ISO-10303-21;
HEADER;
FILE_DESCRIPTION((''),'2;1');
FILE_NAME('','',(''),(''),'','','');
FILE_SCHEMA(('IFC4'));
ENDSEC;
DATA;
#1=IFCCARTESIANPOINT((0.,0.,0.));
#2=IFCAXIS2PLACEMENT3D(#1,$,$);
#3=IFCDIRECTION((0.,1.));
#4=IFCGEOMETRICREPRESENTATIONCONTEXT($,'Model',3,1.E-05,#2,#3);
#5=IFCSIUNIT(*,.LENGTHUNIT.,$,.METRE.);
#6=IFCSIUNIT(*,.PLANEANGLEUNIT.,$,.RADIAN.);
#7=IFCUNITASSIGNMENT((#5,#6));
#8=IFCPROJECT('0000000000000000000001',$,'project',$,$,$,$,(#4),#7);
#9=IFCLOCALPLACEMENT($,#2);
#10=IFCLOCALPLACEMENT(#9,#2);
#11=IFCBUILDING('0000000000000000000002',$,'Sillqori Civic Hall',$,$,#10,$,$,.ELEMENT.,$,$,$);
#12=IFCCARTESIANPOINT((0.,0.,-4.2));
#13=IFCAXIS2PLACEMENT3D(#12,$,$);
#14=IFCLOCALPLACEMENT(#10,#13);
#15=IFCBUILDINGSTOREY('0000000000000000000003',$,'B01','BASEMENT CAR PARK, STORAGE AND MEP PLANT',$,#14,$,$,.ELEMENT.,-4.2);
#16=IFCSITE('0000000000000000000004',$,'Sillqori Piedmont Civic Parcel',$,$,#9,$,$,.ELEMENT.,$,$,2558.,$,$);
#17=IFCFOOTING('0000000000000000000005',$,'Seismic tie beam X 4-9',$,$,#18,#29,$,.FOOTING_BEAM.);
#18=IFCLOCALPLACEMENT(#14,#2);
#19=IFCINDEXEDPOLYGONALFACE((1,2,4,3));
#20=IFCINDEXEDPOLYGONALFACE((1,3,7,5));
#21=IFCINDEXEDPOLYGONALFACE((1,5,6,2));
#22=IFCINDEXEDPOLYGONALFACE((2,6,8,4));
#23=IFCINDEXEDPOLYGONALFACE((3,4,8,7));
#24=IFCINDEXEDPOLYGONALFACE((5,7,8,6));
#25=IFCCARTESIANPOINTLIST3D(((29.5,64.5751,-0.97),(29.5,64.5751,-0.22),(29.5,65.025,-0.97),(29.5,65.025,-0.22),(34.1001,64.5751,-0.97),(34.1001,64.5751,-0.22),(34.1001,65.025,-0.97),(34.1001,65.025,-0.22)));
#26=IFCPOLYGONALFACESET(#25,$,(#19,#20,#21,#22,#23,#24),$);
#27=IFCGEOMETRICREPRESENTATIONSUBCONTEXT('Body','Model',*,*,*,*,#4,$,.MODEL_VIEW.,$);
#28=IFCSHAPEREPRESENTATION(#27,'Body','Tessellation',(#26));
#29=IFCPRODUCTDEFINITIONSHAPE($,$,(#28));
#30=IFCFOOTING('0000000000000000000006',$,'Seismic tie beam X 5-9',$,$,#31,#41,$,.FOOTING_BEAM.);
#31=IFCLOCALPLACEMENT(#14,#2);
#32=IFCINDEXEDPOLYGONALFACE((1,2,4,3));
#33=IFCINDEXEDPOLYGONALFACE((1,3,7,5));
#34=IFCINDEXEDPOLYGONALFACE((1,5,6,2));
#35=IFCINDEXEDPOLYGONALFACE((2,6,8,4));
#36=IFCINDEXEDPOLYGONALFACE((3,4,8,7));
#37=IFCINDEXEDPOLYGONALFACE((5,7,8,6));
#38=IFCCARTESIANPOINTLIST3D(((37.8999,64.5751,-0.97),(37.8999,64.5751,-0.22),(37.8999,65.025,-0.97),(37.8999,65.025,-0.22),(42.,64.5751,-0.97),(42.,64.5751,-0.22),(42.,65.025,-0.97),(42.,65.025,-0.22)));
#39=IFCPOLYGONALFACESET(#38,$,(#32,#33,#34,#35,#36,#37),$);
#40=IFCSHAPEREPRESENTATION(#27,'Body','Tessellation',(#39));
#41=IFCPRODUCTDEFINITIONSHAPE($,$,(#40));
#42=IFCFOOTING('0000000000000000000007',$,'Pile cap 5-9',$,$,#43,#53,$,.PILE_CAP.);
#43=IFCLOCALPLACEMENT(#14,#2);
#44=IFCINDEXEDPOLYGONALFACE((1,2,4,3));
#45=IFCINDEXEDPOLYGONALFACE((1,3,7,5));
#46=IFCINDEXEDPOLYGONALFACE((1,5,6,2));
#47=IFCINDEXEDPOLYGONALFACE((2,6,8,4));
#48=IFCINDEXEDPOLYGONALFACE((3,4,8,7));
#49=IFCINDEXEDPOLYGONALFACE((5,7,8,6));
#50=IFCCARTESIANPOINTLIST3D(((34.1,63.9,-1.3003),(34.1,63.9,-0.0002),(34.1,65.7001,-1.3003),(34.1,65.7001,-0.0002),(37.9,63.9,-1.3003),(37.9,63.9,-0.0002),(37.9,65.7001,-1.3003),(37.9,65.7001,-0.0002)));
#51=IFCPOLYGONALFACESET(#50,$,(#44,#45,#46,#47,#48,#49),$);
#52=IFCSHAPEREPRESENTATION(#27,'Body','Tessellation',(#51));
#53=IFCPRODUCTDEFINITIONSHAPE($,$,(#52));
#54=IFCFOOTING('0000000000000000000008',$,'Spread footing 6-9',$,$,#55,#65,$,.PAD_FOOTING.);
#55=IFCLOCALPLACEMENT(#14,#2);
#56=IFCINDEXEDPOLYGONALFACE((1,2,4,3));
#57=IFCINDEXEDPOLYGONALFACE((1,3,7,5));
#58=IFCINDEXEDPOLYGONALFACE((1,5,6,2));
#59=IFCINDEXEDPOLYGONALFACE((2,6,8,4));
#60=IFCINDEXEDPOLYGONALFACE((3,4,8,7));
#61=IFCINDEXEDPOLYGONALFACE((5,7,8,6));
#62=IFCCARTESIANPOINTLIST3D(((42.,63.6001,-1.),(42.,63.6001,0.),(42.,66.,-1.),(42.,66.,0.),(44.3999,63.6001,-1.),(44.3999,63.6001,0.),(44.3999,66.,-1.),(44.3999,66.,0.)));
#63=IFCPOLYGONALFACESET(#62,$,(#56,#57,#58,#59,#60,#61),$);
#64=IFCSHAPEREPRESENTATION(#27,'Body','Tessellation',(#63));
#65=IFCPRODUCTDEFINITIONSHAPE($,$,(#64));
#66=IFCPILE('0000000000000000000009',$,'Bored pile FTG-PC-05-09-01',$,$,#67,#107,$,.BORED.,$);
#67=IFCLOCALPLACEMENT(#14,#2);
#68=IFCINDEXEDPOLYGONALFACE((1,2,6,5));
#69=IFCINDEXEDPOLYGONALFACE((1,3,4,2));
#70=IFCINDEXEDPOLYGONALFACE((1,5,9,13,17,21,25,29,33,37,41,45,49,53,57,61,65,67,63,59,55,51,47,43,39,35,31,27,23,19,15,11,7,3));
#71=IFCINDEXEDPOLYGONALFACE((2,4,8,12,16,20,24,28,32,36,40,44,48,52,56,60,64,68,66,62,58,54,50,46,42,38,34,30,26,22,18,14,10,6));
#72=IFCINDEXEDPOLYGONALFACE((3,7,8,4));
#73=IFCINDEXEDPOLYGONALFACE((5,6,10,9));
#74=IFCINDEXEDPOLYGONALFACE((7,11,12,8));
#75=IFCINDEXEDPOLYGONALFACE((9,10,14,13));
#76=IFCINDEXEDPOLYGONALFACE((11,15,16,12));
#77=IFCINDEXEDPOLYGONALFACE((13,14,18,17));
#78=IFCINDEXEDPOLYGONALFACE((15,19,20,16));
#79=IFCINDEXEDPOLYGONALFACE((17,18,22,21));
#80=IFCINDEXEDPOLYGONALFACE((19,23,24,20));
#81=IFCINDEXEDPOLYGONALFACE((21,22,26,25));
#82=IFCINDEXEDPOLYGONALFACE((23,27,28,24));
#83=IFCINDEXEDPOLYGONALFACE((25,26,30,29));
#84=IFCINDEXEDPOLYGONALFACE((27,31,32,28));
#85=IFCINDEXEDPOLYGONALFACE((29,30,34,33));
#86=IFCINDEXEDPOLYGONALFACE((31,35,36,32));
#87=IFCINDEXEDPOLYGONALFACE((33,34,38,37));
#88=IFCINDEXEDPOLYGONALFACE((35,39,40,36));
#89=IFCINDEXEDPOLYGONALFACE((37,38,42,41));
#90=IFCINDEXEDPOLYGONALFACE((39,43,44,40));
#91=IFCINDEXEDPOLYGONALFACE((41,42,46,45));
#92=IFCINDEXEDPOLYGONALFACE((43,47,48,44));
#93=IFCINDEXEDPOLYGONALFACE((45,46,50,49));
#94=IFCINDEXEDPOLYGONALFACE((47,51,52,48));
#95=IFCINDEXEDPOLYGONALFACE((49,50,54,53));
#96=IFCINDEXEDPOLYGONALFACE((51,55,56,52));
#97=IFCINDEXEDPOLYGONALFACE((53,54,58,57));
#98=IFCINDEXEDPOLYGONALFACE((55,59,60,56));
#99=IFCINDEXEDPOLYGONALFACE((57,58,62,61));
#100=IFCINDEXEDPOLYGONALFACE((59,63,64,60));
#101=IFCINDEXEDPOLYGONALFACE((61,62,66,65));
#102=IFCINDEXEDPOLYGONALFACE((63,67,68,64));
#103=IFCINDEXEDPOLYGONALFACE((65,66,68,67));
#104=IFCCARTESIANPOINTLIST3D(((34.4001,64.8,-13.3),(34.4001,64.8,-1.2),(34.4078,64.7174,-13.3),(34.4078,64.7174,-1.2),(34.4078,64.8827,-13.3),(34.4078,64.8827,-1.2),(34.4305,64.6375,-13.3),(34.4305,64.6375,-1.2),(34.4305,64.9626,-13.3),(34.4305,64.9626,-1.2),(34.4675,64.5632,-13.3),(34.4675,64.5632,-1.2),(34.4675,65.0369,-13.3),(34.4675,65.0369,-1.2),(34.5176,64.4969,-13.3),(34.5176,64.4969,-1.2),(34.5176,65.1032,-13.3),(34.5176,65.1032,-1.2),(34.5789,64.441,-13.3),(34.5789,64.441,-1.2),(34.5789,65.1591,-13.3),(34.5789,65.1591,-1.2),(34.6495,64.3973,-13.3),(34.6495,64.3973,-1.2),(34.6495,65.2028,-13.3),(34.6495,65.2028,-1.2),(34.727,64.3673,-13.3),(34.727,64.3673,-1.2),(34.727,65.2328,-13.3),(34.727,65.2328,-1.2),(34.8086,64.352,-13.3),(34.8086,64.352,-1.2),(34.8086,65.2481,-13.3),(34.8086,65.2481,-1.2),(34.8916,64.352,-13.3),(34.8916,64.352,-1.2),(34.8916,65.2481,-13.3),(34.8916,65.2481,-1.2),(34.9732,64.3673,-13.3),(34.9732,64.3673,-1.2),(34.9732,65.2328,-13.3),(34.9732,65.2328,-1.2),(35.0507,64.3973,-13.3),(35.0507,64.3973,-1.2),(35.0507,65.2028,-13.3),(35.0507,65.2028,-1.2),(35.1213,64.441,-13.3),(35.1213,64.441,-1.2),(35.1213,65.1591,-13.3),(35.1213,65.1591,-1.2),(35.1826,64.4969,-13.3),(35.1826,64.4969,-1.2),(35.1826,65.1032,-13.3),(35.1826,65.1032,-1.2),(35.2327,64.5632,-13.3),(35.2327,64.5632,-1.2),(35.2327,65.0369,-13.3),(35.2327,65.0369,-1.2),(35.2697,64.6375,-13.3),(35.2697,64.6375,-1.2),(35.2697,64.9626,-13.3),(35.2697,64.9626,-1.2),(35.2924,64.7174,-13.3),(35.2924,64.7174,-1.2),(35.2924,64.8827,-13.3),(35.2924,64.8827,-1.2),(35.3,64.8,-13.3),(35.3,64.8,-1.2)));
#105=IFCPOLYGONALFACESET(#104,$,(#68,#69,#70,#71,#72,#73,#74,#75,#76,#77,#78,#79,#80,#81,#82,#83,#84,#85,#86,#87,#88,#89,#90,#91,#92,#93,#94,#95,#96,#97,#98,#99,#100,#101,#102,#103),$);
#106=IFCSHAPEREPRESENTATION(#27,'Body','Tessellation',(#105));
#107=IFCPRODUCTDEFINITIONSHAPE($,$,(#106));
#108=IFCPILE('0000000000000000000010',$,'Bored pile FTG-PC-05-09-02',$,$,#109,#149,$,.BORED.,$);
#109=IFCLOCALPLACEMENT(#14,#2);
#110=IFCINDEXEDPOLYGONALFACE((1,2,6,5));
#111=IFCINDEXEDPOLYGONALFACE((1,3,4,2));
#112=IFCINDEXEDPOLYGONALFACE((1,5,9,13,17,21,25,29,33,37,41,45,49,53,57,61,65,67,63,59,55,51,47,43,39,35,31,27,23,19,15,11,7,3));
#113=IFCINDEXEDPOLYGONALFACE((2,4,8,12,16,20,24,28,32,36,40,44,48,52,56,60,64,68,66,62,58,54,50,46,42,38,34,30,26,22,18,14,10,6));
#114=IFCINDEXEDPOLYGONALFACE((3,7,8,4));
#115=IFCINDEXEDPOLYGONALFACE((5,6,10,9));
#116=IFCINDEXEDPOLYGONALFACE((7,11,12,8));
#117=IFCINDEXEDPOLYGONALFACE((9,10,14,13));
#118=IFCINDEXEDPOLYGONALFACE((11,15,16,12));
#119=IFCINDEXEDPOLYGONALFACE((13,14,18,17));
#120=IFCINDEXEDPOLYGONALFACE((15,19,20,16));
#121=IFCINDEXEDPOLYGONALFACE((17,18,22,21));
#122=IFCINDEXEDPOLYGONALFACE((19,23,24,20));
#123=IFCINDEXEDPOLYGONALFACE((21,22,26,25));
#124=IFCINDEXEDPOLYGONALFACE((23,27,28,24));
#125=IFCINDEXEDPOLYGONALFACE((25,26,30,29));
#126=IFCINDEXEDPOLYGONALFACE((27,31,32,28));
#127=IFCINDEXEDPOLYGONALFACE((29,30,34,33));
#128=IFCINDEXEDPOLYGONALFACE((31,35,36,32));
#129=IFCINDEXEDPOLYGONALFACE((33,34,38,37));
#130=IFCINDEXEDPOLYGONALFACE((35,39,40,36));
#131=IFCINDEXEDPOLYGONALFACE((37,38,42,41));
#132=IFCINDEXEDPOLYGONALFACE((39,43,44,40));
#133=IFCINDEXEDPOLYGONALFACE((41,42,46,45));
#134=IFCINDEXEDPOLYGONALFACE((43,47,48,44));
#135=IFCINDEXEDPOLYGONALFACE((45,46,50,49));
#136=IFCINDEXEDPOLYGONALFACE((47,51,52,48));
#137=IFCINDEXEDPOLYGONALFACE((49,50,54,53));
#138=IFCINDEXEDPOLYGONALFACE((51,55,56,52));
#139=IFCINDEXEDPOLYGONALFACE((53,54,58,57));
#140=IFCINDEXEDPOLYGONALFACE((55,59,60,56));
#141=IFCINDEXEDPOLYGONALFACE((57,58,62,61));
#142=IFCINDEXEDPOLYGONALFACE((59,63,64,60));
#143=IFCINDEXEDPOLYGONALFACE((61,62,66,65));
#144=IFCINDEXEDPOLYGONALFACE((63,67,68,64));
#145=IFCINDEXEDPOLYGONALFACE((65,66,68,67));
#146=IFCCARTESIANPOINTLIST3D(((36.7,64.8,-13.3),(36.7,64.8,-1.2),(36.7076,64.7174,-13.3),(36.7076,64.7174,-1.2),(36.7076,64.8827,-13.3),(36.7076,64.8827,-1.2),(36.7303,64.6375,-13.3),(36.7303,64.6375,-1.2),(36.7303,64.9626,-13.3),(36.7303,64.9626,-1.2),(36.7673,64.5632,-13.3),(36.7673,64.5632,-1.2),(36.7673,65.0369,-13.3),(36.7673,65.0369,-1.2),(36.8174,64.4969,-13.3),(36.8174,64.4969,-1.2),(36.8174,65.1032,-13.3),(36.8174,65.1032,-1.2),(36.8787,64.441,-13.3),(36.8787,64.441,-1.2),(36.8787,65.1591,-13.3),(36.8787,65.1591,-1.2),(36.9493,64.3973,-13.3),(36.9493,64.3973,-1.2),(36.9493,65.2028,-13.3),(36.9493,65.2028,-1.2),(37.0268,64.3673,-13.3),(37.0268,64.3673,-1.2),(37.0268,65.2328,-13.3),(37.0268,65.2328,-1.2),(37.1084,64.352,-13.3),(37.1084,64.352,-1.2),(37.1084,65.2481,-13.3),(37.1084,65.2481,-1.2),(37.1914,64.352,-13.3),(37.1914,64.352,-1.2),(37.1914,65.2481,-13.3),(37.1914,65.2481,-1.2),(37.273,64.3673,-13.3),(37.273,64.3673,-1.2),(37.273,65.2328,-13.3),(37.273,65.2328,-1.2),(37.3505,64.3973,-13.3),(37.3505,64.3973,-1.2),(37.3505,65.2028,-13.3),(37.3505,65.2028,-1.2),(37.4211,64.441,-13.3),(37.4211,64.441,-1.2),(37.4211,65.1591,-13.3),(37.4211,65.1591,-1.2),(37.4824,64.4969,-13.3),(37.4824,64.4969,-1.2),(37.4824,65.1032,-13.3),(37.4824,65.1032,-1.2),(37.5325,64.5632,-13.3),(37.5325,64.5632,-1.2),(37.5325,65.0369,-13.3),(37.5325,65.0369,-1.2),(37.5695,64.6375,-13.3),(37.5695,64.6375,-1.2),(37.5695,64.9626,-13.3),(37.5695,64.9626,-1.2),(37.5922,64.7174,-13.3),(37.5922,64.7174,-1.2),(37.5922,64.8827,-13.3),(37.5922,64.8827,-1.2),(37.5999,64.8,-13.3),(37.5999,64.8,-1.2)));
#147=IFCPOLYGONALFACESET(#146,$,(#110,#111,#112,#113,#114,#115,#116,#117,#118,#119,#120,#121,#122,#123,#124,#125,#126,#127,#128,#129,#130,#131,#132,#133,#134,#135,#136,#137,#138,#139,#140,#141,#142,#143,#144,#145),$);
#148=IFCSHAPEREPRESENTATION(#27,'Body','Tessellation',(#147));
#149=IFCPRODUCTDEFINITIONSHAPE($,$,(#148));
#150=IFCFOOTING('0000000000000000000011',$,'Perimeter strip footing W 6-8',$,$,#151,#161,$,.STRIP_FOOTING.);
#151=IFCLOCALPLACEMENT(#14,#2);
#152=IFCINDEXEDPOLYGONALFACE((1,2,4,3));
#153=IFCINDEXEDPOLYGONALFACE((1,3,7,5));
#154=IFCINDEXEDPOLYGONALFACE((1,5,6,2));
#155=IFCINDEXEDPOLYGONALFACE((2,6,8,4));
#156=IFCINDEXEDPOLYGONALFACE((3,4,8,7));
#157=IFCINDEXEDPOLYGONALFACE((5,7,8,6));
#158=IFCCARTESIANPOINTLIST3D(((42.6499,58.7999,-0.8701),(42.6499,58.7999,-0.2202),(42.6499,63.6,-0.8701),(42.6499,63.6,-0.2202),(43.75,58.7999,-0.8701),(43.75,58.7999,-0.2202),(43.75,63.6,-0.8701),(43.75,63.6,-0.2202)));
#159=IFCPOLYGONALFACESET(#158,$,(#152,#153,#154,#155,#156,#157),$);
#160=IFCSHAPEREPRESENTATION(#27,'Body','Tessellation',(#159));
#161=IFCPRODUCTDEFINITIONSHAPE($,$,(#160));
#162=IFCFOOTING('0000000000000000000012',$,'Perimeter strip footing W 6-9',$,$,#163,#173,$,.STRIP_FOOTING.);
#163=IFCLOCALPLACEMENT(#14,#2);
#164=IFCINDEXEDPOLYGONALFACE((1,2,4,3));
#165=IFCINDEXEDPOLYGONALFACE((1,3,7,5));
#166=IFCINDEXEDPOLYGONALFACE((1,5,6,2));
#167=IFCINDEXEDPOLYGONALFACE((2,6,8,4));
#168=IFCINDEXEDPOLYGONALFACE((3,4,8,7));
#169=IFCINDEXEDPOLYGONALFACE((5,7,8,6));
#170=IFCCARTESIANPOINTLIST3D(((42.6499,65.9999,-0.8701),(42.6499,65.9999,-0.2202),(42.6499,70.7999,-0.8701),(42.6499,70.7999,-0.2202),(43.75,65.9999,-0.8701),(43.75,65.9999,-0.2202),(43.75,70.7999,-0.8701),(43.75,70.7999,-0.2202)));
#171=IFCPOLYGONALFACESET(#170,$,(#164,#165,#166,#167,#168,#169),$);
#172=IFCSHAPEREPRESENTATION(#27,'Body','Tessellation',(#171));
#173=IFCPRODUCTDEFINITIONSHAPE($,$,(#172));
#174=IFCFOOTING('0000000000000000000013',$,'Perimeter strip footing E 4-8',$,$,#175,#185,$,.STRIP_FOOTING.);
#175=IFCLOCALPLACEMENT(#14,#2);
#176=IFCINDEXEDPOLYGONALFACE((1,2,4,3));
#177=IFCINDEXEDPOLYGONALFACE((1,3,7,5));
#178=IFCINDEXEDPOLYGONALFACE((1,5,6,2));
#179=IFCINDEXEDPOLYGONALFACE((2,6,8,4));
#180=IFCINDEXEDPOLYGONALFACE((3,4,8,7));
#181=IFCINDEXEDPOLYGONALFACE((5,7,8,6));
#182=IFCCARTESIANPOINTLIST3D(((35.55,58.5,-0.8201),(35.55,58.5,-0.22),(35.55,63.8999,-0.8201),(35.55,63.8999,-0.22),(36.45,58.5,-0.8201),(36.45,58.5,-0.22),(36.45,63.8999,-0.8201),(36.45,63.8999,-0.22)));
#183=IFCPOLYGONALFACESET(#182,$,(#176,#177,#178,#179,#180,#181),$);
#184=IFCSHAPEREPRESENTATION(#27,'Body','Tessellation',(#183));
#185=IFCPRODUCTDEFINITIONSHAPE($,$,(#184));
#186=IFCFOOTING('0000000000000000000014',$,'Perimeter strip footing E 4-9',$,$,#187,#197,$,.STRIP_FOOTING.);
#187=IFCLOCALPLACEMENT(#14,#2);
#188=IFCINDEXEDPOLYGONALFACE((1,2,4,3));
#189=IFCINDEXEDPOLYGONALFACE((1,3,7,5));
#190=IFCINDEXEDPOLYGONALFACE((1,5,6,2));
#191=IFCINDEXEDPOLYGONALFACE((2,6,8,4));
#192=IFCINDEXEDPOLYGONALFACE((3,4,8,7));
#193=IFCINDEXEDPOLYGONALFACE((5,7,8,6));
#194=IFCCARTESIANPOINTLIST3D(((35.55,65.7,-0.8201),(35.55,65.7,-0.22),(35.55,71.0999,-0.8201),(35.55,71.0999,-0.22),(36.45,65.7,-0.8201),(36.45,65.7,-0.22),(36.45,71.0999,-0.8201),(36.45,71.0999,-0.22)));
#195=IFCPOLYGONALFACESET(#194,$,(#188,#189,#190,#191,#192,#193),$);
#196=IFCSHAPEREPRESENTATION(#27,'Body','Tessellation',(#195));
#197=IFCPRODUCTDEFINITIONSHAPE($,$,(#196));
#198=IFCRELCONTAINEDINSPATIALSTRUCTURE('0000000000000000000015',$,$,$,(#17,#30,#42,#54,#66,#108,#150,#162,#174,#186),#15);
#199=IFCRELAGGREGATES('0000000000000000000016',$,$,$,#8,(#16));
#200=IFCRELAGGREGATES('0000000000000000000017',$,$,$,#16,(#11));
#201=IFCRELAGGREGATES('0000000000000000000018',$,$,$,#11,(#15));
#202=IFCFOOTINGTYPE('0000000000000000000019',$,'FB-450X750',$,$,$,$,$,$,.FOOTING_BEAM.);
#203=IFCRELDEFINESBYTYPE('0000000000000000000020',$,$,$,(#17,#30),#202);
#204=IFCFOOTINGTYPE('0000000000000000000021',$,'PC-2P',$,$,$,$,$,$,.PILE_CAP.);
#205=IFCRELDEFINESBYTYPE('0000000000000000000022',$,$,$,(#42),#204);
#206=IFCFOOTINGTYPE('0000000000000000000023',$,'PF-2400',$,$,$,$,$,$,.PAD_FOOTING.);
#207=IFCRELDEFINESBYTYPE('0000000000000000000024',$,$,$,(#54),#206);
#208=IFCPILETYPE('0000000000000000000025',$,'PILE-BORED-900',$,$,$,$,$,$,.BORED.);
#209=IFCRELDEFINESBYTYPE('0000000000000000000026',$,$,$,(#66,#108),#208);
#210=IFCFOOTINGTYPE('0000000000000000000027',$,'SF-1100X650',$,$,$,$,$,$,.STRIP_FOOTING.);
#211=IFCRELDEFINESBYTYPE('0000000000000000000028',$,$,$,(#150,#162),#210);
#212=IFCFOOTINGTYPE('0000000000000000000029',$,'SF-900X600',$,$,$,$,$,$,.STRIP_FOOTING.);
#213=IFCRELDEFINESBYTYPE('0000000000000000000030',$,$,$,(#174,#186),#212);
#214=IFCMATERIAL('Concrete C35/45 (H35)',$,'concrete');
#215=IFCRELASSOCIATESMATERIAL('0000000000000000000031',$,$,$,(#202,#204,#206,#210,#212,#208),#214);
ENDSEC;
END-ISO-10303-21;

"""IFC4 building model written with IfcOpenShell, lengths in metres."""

from ifc_helpers import new_model, si_unit, direction, frame, origin, origin_2d, place, context, subcontext, project, spatial, rectangle, circle, extrude, material, material_profile, profile_set, type_object, element, save


model = new_model("IFC4")

# Units and contexts
model_context = context("Model", 3, precision=1e-05, world=origin(), true_north=direction((0.0, 1.0)))
body_context = subcontext(model_context, "Body", "Model", "MODEL_VIEW")
ifc_project = project(units=[si_unit("LENGTHUNIT", "METRE"), si_unit("PLANEANGLEUNIT", "RADIAN")], contexts=[model_context])

# Site, building, storey
site_placement = place(None, origin())
site = spatial("IfcSite", under=ifc_project, at=site_placement, Name="Sillqori Piedmont Civic Parcel", CompositionType="ELEMENT", RefElevation=2558.0)
building_placement = place(site_placement, origin())
building = spatial("IfcBuilding", under=site, at=building_placement, Name="Sillqori Civic Hall", CompositionType="ELEMENT")
storey_placement = place(building_placement, frame((0.0, 0.0, -4.2)))
storey = spatial("IfcBuildingStorey", under=building, at=storey_placement, Name="B01", Description="BASEMENT CAR PARK, STORAGE AND MEP PLANT", CompositionType="ELEMENT", Elevation=-4.2)

# Footings
ifc_material_1 = material(Name="Concrete C35/45 (H35)", Category="concrete")
footing_type_1 = type_object("IfcFootingType", Name="FB-450X750", PredefinedType="FOOTING_BEAM", material=ifc_material_1)
footing_1_placement = place(storey_placement, frame((31.8, 64.8, -0.97), z_axis=(0.0, 0.0, 1.0), x_axis=(1.0, 0.0, 0.0)))
element("IfcFooting", 1, at=footing_1_placement, inside=storey, type_object=footing_type_1, Name="Seismic tie beam X 4-9", PredefinedType="FOOTING_BEAM", context=body_context, shape_type="SweptSolid", body=[
    extrude(rectangle(XDim=4.6001, YDim=0.45, at=origin_2d()), origin(), (0.0, 0.0, 1.0), 0.75),
])
footing_2_placement = place(storey_placement, frame((39.95, 64.8, -0.97), z_axis=(0.0, 0.0, 1.0), x_axis=(1.0, 0.0, 0.0)))
element("IfcFooting", 2, at=footing_2_placement, inside=storey, type_object=footing_type_1, Name="Seismic tie beam X 5-9", PredefinedType="FOOTING_BEAM", context=body_context, shape_type="SweptSolid", body=[
    extrude(rectangle(XDim=4.1001, YDim=0.45, at=origin_2d()), origin(), (0.0, 0.0, 1.0), 0.75),
])
footing_type_2 = type_object("IfcFootingType", Name="PC-2P", PredefinedType="PILE_CAP", material=ifc_material_1)
footing_3_placement = place(storey_placement, frame((36.0, 64.8, -1.3003), z_axis=(0.0, 0.0, 1.0), x_axis=(1.0, 0.0, 0.0)))
element("IfcFooting", 3, at=footing_3_placement, inside=storey, type_object=footing_type_2, Name="Pile cap 5-9", PredefinedType="PILE_CAP", context=body_context, shape_type="SweptSolid", body=[
    extrude(rectangle(XDim=3.8, YDim=1.8, at=origin_2d()), origin(), (0.0, 0.0, 1.0), 1.3),
])
footing_type_3 = type_object("IfcFootingType", Name="PF-2400", PredefinedType="PAD_FOOTING", material=ifc_material_1)
footing_4_placement = place(storey_placement, frame((43.2, 64.8, -1.0), z_axis=(0.0, 0.0, 1.0), x_axis=(1.0, 0.0, 0.0)))
element("IfcFooting", 4, at=footing_4_placement, inside=storey, type_object=footing_type_3, Name="Spread footing 6-9", PredefinedType="PAD_FOOTING", context=body_context, shape_type="SweptSolid", body=[
    extrude(rectangle(XDim=2.3999, YDim=2.3999, at=origin_2d()), origin(), (0.0, 0.0, 1.0), 1.0),
])

# Piles
ifc_material_profile_1 = material_profile(ifc_material_1, circle(Radius=0.45, at=origin_2d()), Name="BORED PILE 900")
ifc_profile_set_1 = profile_set([ifc_material_profile_1], Name="Concrete C35/45 (H35)")
pile_type = type_object("IfcPileType", Name="PILE-BORED-900", PredefinedType="BORED", material=ifc_profile_set_1)
for number, where, z_axis, x_axis, name in (
    (5, (34.8501, 64.8, -1.2), (0.0, 0.0, -1.0), (1.0, 0.0, 0.0), "Bored pile FTG-PC-05-09-01"),
    (6, (37.1499, 64.8, -1.2), (0.0, 0.0, -1.0), (1.0, 0.0, 0.0), "Bored pile FTG-PC-05-09-02"),
):
    element("IfcPile", number, at=place(storey_placement, frame(where, z_axis=z_axis, x_axis=x_axis)), inside=storey, type_object=pile_type, Name=name, PredefinedType="BORED", context=body_context, shape_type="SweptSolid", body=[
        extrude(circle(Radius=0.45, at=origin_2d()), origin(), (0.0, 0.0, 1.0), 12.1001),
    ])

# Footings
footing_type_4 = type_object("IfcFootingType", Name="SF-1100X650", PredefinedType="STRIP_FOOTING", material=ifc_material_1)
for number, where, z_axis, x_axis, name in (
    (7, (43.2, 61.2, -0.8701), (0.0, 0.0, 1.0), (1.0, 0.0, 0.0), "Perimeter strip footing W 6-8"),
    (8, (43.2, 68.3999, -0.8701), (0.0, 0.0, 1.0), (1.0, 0.0, 0.0), "Perimeter strip footing W 6-9"),
):
    element("IfcFooting", number, at=place(storey_placement, frame(where, z_axis=z_axis, x_axis=x_axis)), inside=storey, type_object=footing_type_4, Name=name, PredefinedType="STRIP_FOOTING", context=body_context, shape_type="SweptSolid", body=[
        extrude(rectangle(XDim=1.1001, YDim=4.8, at=origin_2d()), origin(), (0.0, 0.0, 1.0), 0.6499),
    ])
footing_type_5 = type_object("IfcFootingType", Name="SF-900X600", PredefinedType="STRIP_FOOTING", material=ifc_material_1)
for number, where, z_axis, x_axis, name in (
    (9, (36.0, 61.2, -0.8201), (0.0, 0.0, 1.0), (1.0, 0.0, 0.0), "Perimeter strip footing E 4-8"),
    (10, (36.0, 68.3999, -0.8201), (0.0, 0.0, 1.0), (1.0, 0.0, 0.0), "Perimeter strip footing E 4-9"),
):
    element("IfcFooting", number, at=place(storey_placement, frame(where, z_axis=z_axis, x_axis=x_axis)), inside=storey, type_object=footing_type_5, Name=name, PredefinedType="STRIP_FOOTING", context=body_context, shape_type="SweptSolid", body=[
        extrude(rectangle(XDim=0.8999, YDim=5.3999, at=origin_2d()), origin(), (0.0, 0.0, 1.0), 0.6001),
    ])

save(model, "model.ifc")
